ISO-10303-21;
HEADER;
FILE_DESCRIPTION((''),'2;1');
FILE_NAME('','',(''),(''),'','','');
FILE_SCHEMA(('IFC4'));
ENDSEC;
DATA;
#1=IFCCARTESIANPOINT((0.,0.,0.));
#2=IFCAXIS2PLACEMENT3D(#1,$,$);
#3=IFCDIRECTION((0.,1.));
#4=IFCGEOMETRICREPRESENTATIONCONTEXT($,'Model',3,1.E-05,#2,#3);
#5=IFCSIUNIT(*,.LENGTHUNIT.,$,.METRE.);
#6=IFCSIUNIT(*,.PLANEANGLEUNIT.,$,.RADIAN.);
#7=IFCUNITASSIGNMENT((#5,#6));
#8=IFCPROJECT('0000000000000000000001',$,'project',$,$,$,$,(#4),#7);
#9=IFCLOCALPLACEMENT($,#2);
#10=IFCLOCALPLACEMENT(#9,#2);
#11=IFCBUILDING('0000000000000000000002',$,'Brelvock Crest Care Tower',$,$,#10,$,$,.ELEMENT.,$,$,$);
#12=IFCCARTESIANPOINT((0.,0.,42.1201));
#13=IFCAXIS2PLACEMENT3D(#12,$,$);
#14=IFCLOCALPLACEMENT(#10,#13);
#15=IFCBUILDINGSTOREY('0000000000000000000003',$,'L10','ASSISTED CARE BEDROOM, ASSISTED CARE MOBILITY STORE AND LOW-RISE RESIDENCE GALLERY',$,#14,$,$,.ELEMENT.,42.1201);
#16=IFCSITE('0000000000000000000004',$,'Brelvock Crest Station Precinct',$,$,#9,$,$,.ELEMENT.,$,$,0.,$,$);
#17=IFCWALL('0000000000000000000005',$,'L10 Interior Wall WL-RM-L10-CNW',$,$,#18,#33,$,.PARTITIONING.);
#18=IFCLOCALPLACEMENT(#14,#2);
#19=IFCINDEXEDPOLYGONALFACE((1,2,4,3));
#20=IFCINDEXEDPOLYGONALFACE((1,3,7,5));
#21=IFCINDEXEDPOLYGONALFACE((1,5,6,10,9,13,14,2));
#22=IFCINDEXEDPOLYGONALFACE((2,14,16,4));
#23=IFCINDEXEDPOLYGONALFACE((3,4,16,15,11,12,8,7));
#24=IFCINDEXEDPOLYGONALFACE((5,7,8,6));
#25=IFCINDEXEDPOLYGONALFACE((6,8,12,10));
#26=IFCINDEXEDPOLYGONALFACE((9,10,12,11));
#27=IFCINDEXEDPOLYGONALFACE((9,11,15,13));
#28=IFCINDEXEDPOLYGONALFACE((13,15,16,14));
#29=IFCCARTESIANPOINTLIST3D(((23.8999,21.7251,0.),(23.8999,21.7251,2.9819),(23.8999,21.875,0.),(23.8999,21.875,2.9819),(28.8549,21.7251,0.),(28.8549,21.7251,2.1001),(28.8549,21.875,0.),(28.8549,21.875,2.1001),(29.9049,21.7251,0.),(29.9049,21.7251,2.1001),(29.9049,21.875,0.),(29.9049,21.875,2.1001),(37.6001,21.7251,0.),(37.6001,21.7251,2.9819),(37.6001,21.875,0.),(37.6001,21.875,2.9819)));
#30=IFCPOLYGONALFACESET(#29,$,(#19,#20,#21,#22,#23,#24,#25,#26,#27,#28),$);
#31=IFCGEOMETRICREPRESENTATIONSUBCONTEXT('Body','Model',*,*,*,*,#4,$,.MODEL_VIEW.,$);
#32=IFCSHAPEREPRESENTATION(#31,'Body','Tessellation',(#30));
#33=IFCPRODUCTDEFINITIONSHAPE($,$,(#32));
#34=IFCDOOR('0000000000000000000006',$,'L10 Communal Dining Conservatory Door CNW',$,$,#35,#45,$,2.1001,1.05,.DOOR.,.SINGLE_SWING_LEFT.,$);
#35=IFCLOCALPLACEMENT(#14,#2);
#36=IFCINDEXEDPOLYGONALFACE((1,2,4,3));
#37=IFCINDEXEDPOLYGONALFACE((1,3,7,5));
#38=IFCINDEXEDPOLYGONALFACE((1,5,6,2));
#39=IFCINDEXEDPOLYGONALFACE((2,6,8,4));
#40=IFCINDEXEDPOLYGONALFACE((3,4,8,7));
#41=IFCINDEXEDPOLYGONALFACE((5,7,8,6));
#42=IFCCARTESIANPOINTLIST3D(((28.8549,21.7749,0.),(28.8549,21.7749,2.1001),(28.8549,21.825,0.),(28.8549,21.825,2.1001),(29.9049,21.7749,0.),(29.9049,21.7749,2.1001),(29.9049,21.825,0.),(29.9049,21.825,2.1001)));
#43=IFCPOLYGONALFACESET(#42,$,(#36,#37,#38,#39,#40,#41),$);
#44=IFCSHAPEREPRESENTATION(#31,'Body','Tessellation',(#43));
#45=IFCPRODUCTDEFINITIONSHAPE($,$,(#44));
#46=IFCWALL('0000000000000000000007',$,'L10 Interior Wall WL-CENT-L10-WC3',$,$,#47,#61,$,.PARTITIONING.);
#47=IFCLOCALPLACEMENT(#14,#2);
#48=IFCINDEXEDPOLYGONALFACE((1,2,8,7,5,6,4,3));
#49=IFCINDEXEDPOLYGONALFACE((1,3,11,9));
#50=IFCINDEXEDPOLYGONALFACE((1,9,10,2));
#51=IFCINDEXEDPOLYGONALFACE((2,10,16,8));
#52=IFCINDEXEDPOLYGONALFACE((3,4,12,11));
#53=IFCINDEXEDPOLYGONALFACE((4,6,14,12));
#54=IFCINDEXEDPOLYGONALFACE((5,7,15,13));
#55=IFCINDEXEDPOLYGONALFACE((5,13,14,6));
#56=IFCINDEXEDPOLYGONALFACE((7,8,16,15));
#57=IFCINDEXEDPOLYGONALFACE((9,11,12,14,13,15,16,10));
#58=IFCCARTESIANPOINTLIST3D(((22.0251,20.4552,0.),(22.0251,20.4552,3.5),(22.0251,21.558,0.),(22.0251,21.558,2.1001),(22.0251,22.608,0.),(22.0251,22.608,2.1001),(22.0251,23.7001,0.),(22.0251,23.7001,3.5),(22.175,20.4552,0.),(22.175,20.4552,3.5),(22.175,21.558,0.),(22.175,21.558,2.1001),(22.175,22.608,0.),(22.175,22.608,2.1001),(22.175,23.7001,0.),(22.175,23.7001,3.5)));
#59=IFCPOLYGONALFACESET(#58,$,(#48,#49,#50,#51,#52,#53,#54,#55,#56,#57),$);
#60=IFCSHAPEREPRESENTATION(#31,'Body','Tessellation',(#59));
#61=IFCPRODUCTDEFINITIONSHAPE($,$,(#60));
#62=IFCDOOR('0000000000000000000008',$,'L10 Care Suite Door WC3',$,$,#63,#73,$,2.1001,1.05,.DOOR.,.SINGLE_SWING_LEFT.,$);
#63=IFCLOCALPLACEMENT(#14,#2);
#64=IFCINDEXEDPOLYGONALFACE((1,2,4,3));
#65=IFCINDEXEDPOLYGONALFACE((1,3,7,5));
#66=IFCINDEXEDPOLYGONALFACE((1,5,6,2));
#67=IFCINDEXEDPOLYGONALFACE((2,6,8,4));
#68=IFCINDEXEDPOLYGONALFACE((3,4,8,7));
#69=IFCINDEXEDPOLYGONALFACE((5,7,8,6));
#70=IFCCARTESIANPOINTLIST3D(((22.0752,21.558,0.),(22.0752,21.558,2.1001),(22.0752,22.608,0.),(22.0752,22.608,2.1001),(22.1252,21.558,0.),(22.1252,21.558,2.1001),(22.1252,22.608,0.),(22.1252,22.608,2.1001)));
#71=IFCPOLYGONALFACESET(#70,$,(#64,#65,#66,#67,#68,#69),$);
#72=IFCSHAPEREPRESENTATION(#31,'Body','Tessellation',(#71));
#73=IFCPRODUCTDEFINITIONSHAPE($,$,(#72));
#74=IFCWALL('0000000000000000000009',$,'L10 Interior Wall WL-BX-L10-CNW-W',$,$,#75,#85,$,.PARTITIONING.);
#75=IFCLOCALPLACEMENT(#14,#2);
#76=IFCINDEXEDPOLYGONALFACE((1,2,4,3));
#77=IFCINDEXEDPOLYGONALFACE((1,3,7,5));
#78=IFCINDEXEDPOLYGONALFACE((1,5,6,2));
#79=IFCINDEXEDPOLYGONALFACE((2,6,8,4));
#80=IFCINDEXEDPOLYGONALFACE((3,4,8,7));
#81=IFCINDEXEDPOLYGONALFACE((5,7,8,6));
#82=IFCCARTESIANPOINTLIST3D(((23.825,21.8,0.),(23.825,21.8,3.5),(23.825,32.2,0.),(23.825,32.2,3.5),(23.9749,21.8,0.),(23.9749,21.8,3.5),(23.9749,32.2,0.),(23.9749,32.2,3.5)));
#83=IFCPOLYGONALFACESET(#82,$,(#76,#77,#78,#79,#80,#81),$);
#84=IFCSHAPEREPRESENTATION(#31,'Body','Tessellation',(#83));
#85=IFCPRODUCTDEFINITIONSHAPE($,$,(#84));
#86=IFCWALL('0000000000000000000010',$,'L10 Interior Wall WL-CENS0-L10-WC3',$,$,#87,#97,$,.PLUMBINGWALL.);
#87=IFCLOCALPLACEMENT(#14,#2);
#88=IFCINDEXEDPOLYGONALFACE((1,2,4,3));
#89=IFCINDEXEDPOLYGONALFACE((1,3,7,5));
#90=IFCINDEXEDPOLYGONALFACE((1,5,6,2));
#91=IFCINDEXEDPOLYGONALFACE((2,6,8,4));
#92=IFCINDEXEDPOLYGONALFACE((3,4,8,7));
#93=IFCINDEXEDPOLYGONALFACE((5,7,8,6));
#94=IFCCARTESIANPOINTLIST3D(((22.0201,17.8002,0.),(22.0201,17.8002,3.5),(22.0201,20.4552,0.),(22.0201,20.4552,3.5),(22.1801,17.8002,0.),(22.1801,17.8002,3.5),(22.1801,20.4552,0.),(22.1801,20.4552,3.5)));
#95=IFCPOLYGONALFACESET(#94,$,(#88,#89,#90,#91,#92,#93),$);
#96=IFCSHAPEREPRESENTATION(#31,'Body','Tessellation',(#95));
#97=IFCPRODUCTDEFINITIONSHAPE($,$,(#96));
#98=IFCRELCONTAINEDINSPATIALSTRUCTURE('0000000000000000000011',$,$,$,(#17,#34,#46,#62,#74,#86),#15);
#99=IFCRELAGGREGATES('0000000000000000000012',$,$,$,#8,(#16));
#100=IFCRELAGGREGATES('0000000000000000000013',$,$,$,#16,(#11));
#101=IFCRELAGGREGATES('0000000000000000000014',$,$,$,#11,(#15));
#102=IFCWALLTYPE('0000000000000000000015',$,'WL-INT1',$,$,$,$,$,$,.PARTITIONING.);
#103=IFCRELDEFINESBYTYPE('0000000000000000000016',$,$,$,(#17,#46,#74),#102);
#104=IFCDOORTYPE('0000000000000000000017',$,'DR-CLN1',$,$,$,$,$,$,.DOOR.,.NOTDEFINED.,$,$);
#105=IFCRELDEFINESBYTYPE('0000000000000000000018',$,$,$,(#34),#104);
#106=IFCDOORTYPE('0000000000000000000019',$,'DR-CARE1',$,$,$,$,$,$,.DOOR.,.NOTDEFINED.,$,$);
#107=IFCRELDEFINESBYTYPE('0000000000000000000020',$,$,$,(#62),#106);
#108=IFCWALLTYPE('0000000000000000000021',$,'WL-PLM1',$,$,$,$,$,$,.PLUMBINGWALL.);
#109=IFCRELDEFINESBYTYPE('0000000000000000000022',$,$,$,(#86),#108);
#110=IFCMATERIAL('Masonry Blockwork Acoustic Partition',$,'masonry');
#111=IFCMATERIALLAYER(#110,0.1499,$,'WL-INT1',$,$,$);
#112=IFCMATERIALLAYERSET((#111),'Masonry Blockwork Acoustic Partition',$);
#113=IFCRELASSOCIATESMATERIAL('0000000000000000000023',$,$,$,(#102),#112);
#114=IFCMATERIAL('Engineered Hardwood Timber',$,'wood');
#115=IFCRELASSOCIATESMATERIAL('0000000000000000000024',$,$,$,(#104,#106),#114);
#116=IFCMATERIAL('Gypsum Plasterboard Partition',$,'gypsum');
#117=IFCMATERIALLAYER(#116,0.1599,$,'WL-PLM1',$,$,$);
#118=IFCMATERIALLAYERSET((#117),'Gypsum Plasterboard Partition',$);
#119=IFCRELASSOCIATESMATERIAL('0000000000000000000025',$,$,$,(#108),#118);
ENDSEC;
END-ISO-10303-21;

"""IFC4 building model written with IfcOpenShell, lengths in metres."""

from ifc_helpers import new_model, si_unit, direction, frame, frame_2d, origin, origin_2d, place, context, subcontext, project, spatial, rectangle, extrude, source, transform, mapped, material, layer, layer_set, type_object, element, fill, save


model = new_model("IFC4")

# Units and contexts
model_context = context("Model", 3, precision=1e-05, world=origin(), true_north=direction((0.0, 1.0)))
body_context = subcontext(model_context, "Body", "Model", "MODEL_VIEW")
ifc_project = project(units=[si_unit("LENGTHUNIT", "METRE"), si_unit("PLANEANGLEUNIT", "RADIAN")], contexts=[model_context])

# Site, building, storey
site_placement = place(None, origin())
site = spatial("IfcSite", under=ifc_project, at=site_placement, Name="Brelvock Crest Station Precinct", CompositionType="ELEMENT", RefElevation=0.0)
building_placement = place(site_placement, origin())
building = spatial("IfcBuilding", under=site, at=building_placement, Name="Brelvock Crest Care Tower", CompositionType="ELEMENT")
storey_placement = place(building_placement, frame((0.0, 0.0, 42.1201)))
storey = spatial("IfcBuildingStorey", under=building, at=storey_placement, Name="L10", Description="ASSISTED CARE BEDROOM, ASSISTED CARE MOBILITY STORE AND LOW-RISE RESIDENCE GALLERY", CompositionType="ELEMENT", Elevation=42.1201)

# Walls, openings, doors
ifc_material_1 = material(Name="Masonry Blockwork Acoustic Partition", Category="masonry")
ifc_layer_1 = layer(ifc_material_1, 0.1499, Name="WL-INT1")
ifc_layer_set_1 = layer_set([ifc_layer_1], Name="Masonry Blockwork Acoustic Partition")
wall_type_1 = type_object("IfcWallType", Name="WL-INT1", PredefinedType="PARTITIONING", material=ifc_layer_set_1)
wall_1_placement = place(storey_placement, frame((23.8999, 21.8, 0.0), z_axis=(0.0, 0.0, 1.0), x_axis=(1.0, 0.0, 0.0)))
wall_1 = element("IfcWall", 1, at=wall_1_placement, inside=storey, type_object=wall_type_1, Name="L10 Interior Wall WL-RM-L10-CNW", PredefinedType="PARTITIONING", context=body_context, shape_type="SweptSolid", body=[
    extrude(rectangle(XDim=13.7002, YDim=0.1499, at=frame_2d((6.8501, 0.0))), origin(), (0.0, 0.0, 1.0), 2.9819),
])
opening_1_placement = place(wall_1_placement, frame((4.9551, 0.0, 0.0)))
opening_1 = element("IfcOpeningElement", 2, at=opening_1_placement, cuts=wall_1, PredefinedType="OPENING", context=body_context, shape_type="SweptSolid", body=[
    extrude(rectangle(XDim=1.05, YDim=2.1001, at=origin_2d()), frame((0.5249, 0.085, 1.05), z_axis=(0.0, -1.0, 0.0), x_axis=(1.0, 0.0, 0.0)), (0.0, 0.0, 1.0), 0.1699),
])
ifc_material_2 = material(Name="Engineered Hardwood Timber", Category="wood")
door_type_1 = type_object("IfcDoorType", Name="DR-CLN1", OperationType="NOTDEFINED", PredefinedType="DOOR", material=ifc_material_2)
shared_shape_1 = source(origin(), body_context, "Body", "SweptSolid", [
    extrude(rectangle(XDim=1.05, YDim=2.1001, at=origin_2d()), frame((0.5249, 0.0249, 1.05), z_axis=(0.0, -1.0, 0.0), x_axis=(1.0, 0.0, 0.0)), (0.0, 0.0, 1.0), 0.05),
])
door_1_placement = place(opening_1_placement, origin())
door_1 = element("IfcDoor", 3, at=door_1_placement, inside=storey, type_object=door_type_1, Name="L10 Communal Dining Conservatory Door CNW", OperationType="SINGLE_SWING_LEFT", OverallHeight=2.1001, OverallWidth=1.05, PredefinedType="DOOR", context=body_context, shape_type="MappedRepresentation", body=[
    mapped(shared_shape_1, transform((0.0, 0.0, 0.0), x_axis=(1.0, 0.0, 0.0), y_axis=(0.0, 1.0, 0.0), z_axis=(0.0, 0.0, 1.0), scale=1.0)),
])
fill(opening_1, door_1)
wall_2_placement = place(storey_placement, frame((22.1001, 20.4551, 0.0), z_axis=(0.0, 0.0, 1.0), x_axis=(0.0, 1.0, 0.0)))
wall_2 = element("IfcWall", 4, at=wall_2_placement, inside=storey, type_object=wall_type_1, Name="L10 Interior Wall WL-CENT-L10-WC3", PredefinedType="PARTITIONING", context=body_context, shape_type="SweptSolid", body=[
    extrude(rectangle(XDim=3.2449, YDim=0.1499, at=frame_2d((1.6226, 0.0))), origin(), (0.0, 0.0, 1.0), 3.5),
])
opening_2_placement = place(wall_2_placement, frame((1.103, 0.0, 0.0)))
opening_2 = element("IfcOpeningElement", 5, at=opening_2_placement, cuts=wall_2, PredefinedType="OPENING", context=body_context, shape_type="SweptSolid", body=[
    extrude(rectangle(XDim=1.05, YDim=2.1001, at=origin_2d()), frame((0.5249, 0.085, 1.05), z_axis=(0.0, -1.0, 0.0), x_axis=(1.0, 0.0, 0.0)), (0.0, 0.0, 1.0), 0.1699),
])
door_type_2 = type_object("IfcDoorType", Name="DR-CARE1", OperationType="NOTDEFINED", PredefinedType="DOOR", material=ifc_material_2)
shared_shape_2 = source(origin(), body_context, "Body", "SweptSolid", [
    extrude(rectangle(XDim=1.05, YDim=2.1001, at=origin_2d()), frame((0.5249, 0.0249, 1.05), z_axis=(0.0, -1.0, 0.0), x_axis=(1.0, 0.0, 0.0)), (0.0, 0.0, 1.0), 0.05),
])
door_2_placement = place(opening_2_placement, origin())
door_2 = element("IfcDoor", 6, at=door_2_placement, inside=storey, type_object=door_type_2, Name="L10 Care Suite Door WC3", OperationType="SINGLE_SWING_LEFT", OverallHeight=2.1001, OverallWidth=1.05, PredefinedType="DOOR", context=body_context, shape_type="MappedRepresentation", body=[
    mapped(shared_shape_2, transform((0.0, 0.0, 0.0), x_axis=(1.0, 0.0, 0.0), y_axis=(0.0, 1.0, 0.0), z_axis=(0.0, 0.0, 1.0), scale=1.0)),
])
fill(opening_2, door_2)

# Walls
wall_3_placement = place(storey_placement, frame((23.8999, 21.8, 0.0), z_axis=(0.0, 0.0, 1.0), x_axis=(0.0, 1.0, 0.0)))
element("IfcWall", 7, at=wall_3_placement, inside=storey, type_object=wall_type_1, Name="L10 Interior Wall WL-BX-L10-CNW-W", PredefinedType="PARTITIONING", context=body_context, shape_type="SweptSolid", body=[
    extrude(rectangle(XDim=10.3999, YDim=0.1499, at=frame_2d((5.2, 0.0))), origin(), (0.0, 0.0, 1.0), 3.5),
])
ifc_material_3 = material(Name="Gypsum Plasterboard Partition", Category="gypsum")
ifc_layer_2 = layer(ifc_material_3, 0.1599, Name="WL-PLM1")
ifc_layer_set_2 = layer_set([ifc_layer_2], Name="Gypsum Plasterboard Partition")
wall_type_2 = type_object("IfcWallType", Name="WL-PLM1", PredefinedType="PLUMBINGWALL", material=ifc_layer_set_2)
wall_4_placement = place(storey_placement, frame((22.1001, 17.8, 0.0), z_axis=(0.0, 0.0, 1.0), x_axis=(0.0, 1.0, 0.0)))
element("IfcWall", 8, at=wall_4_placement, inside=storey, type_object=wall_type_2, Name="L10 Interior Wall WL-CENS0-L10-WC3", PredefinedType="PLUMBINGWALL", context=body_context, shape_type="SweptSolid", body=[
    extrude(rectangle(XDim=2.655, YDim=0.1599, at=frame_2d((1.3276, 0.0))), origin(), (0.0, 0.0, 1.0), 3.5),
])

save(model, "model.ifc")
